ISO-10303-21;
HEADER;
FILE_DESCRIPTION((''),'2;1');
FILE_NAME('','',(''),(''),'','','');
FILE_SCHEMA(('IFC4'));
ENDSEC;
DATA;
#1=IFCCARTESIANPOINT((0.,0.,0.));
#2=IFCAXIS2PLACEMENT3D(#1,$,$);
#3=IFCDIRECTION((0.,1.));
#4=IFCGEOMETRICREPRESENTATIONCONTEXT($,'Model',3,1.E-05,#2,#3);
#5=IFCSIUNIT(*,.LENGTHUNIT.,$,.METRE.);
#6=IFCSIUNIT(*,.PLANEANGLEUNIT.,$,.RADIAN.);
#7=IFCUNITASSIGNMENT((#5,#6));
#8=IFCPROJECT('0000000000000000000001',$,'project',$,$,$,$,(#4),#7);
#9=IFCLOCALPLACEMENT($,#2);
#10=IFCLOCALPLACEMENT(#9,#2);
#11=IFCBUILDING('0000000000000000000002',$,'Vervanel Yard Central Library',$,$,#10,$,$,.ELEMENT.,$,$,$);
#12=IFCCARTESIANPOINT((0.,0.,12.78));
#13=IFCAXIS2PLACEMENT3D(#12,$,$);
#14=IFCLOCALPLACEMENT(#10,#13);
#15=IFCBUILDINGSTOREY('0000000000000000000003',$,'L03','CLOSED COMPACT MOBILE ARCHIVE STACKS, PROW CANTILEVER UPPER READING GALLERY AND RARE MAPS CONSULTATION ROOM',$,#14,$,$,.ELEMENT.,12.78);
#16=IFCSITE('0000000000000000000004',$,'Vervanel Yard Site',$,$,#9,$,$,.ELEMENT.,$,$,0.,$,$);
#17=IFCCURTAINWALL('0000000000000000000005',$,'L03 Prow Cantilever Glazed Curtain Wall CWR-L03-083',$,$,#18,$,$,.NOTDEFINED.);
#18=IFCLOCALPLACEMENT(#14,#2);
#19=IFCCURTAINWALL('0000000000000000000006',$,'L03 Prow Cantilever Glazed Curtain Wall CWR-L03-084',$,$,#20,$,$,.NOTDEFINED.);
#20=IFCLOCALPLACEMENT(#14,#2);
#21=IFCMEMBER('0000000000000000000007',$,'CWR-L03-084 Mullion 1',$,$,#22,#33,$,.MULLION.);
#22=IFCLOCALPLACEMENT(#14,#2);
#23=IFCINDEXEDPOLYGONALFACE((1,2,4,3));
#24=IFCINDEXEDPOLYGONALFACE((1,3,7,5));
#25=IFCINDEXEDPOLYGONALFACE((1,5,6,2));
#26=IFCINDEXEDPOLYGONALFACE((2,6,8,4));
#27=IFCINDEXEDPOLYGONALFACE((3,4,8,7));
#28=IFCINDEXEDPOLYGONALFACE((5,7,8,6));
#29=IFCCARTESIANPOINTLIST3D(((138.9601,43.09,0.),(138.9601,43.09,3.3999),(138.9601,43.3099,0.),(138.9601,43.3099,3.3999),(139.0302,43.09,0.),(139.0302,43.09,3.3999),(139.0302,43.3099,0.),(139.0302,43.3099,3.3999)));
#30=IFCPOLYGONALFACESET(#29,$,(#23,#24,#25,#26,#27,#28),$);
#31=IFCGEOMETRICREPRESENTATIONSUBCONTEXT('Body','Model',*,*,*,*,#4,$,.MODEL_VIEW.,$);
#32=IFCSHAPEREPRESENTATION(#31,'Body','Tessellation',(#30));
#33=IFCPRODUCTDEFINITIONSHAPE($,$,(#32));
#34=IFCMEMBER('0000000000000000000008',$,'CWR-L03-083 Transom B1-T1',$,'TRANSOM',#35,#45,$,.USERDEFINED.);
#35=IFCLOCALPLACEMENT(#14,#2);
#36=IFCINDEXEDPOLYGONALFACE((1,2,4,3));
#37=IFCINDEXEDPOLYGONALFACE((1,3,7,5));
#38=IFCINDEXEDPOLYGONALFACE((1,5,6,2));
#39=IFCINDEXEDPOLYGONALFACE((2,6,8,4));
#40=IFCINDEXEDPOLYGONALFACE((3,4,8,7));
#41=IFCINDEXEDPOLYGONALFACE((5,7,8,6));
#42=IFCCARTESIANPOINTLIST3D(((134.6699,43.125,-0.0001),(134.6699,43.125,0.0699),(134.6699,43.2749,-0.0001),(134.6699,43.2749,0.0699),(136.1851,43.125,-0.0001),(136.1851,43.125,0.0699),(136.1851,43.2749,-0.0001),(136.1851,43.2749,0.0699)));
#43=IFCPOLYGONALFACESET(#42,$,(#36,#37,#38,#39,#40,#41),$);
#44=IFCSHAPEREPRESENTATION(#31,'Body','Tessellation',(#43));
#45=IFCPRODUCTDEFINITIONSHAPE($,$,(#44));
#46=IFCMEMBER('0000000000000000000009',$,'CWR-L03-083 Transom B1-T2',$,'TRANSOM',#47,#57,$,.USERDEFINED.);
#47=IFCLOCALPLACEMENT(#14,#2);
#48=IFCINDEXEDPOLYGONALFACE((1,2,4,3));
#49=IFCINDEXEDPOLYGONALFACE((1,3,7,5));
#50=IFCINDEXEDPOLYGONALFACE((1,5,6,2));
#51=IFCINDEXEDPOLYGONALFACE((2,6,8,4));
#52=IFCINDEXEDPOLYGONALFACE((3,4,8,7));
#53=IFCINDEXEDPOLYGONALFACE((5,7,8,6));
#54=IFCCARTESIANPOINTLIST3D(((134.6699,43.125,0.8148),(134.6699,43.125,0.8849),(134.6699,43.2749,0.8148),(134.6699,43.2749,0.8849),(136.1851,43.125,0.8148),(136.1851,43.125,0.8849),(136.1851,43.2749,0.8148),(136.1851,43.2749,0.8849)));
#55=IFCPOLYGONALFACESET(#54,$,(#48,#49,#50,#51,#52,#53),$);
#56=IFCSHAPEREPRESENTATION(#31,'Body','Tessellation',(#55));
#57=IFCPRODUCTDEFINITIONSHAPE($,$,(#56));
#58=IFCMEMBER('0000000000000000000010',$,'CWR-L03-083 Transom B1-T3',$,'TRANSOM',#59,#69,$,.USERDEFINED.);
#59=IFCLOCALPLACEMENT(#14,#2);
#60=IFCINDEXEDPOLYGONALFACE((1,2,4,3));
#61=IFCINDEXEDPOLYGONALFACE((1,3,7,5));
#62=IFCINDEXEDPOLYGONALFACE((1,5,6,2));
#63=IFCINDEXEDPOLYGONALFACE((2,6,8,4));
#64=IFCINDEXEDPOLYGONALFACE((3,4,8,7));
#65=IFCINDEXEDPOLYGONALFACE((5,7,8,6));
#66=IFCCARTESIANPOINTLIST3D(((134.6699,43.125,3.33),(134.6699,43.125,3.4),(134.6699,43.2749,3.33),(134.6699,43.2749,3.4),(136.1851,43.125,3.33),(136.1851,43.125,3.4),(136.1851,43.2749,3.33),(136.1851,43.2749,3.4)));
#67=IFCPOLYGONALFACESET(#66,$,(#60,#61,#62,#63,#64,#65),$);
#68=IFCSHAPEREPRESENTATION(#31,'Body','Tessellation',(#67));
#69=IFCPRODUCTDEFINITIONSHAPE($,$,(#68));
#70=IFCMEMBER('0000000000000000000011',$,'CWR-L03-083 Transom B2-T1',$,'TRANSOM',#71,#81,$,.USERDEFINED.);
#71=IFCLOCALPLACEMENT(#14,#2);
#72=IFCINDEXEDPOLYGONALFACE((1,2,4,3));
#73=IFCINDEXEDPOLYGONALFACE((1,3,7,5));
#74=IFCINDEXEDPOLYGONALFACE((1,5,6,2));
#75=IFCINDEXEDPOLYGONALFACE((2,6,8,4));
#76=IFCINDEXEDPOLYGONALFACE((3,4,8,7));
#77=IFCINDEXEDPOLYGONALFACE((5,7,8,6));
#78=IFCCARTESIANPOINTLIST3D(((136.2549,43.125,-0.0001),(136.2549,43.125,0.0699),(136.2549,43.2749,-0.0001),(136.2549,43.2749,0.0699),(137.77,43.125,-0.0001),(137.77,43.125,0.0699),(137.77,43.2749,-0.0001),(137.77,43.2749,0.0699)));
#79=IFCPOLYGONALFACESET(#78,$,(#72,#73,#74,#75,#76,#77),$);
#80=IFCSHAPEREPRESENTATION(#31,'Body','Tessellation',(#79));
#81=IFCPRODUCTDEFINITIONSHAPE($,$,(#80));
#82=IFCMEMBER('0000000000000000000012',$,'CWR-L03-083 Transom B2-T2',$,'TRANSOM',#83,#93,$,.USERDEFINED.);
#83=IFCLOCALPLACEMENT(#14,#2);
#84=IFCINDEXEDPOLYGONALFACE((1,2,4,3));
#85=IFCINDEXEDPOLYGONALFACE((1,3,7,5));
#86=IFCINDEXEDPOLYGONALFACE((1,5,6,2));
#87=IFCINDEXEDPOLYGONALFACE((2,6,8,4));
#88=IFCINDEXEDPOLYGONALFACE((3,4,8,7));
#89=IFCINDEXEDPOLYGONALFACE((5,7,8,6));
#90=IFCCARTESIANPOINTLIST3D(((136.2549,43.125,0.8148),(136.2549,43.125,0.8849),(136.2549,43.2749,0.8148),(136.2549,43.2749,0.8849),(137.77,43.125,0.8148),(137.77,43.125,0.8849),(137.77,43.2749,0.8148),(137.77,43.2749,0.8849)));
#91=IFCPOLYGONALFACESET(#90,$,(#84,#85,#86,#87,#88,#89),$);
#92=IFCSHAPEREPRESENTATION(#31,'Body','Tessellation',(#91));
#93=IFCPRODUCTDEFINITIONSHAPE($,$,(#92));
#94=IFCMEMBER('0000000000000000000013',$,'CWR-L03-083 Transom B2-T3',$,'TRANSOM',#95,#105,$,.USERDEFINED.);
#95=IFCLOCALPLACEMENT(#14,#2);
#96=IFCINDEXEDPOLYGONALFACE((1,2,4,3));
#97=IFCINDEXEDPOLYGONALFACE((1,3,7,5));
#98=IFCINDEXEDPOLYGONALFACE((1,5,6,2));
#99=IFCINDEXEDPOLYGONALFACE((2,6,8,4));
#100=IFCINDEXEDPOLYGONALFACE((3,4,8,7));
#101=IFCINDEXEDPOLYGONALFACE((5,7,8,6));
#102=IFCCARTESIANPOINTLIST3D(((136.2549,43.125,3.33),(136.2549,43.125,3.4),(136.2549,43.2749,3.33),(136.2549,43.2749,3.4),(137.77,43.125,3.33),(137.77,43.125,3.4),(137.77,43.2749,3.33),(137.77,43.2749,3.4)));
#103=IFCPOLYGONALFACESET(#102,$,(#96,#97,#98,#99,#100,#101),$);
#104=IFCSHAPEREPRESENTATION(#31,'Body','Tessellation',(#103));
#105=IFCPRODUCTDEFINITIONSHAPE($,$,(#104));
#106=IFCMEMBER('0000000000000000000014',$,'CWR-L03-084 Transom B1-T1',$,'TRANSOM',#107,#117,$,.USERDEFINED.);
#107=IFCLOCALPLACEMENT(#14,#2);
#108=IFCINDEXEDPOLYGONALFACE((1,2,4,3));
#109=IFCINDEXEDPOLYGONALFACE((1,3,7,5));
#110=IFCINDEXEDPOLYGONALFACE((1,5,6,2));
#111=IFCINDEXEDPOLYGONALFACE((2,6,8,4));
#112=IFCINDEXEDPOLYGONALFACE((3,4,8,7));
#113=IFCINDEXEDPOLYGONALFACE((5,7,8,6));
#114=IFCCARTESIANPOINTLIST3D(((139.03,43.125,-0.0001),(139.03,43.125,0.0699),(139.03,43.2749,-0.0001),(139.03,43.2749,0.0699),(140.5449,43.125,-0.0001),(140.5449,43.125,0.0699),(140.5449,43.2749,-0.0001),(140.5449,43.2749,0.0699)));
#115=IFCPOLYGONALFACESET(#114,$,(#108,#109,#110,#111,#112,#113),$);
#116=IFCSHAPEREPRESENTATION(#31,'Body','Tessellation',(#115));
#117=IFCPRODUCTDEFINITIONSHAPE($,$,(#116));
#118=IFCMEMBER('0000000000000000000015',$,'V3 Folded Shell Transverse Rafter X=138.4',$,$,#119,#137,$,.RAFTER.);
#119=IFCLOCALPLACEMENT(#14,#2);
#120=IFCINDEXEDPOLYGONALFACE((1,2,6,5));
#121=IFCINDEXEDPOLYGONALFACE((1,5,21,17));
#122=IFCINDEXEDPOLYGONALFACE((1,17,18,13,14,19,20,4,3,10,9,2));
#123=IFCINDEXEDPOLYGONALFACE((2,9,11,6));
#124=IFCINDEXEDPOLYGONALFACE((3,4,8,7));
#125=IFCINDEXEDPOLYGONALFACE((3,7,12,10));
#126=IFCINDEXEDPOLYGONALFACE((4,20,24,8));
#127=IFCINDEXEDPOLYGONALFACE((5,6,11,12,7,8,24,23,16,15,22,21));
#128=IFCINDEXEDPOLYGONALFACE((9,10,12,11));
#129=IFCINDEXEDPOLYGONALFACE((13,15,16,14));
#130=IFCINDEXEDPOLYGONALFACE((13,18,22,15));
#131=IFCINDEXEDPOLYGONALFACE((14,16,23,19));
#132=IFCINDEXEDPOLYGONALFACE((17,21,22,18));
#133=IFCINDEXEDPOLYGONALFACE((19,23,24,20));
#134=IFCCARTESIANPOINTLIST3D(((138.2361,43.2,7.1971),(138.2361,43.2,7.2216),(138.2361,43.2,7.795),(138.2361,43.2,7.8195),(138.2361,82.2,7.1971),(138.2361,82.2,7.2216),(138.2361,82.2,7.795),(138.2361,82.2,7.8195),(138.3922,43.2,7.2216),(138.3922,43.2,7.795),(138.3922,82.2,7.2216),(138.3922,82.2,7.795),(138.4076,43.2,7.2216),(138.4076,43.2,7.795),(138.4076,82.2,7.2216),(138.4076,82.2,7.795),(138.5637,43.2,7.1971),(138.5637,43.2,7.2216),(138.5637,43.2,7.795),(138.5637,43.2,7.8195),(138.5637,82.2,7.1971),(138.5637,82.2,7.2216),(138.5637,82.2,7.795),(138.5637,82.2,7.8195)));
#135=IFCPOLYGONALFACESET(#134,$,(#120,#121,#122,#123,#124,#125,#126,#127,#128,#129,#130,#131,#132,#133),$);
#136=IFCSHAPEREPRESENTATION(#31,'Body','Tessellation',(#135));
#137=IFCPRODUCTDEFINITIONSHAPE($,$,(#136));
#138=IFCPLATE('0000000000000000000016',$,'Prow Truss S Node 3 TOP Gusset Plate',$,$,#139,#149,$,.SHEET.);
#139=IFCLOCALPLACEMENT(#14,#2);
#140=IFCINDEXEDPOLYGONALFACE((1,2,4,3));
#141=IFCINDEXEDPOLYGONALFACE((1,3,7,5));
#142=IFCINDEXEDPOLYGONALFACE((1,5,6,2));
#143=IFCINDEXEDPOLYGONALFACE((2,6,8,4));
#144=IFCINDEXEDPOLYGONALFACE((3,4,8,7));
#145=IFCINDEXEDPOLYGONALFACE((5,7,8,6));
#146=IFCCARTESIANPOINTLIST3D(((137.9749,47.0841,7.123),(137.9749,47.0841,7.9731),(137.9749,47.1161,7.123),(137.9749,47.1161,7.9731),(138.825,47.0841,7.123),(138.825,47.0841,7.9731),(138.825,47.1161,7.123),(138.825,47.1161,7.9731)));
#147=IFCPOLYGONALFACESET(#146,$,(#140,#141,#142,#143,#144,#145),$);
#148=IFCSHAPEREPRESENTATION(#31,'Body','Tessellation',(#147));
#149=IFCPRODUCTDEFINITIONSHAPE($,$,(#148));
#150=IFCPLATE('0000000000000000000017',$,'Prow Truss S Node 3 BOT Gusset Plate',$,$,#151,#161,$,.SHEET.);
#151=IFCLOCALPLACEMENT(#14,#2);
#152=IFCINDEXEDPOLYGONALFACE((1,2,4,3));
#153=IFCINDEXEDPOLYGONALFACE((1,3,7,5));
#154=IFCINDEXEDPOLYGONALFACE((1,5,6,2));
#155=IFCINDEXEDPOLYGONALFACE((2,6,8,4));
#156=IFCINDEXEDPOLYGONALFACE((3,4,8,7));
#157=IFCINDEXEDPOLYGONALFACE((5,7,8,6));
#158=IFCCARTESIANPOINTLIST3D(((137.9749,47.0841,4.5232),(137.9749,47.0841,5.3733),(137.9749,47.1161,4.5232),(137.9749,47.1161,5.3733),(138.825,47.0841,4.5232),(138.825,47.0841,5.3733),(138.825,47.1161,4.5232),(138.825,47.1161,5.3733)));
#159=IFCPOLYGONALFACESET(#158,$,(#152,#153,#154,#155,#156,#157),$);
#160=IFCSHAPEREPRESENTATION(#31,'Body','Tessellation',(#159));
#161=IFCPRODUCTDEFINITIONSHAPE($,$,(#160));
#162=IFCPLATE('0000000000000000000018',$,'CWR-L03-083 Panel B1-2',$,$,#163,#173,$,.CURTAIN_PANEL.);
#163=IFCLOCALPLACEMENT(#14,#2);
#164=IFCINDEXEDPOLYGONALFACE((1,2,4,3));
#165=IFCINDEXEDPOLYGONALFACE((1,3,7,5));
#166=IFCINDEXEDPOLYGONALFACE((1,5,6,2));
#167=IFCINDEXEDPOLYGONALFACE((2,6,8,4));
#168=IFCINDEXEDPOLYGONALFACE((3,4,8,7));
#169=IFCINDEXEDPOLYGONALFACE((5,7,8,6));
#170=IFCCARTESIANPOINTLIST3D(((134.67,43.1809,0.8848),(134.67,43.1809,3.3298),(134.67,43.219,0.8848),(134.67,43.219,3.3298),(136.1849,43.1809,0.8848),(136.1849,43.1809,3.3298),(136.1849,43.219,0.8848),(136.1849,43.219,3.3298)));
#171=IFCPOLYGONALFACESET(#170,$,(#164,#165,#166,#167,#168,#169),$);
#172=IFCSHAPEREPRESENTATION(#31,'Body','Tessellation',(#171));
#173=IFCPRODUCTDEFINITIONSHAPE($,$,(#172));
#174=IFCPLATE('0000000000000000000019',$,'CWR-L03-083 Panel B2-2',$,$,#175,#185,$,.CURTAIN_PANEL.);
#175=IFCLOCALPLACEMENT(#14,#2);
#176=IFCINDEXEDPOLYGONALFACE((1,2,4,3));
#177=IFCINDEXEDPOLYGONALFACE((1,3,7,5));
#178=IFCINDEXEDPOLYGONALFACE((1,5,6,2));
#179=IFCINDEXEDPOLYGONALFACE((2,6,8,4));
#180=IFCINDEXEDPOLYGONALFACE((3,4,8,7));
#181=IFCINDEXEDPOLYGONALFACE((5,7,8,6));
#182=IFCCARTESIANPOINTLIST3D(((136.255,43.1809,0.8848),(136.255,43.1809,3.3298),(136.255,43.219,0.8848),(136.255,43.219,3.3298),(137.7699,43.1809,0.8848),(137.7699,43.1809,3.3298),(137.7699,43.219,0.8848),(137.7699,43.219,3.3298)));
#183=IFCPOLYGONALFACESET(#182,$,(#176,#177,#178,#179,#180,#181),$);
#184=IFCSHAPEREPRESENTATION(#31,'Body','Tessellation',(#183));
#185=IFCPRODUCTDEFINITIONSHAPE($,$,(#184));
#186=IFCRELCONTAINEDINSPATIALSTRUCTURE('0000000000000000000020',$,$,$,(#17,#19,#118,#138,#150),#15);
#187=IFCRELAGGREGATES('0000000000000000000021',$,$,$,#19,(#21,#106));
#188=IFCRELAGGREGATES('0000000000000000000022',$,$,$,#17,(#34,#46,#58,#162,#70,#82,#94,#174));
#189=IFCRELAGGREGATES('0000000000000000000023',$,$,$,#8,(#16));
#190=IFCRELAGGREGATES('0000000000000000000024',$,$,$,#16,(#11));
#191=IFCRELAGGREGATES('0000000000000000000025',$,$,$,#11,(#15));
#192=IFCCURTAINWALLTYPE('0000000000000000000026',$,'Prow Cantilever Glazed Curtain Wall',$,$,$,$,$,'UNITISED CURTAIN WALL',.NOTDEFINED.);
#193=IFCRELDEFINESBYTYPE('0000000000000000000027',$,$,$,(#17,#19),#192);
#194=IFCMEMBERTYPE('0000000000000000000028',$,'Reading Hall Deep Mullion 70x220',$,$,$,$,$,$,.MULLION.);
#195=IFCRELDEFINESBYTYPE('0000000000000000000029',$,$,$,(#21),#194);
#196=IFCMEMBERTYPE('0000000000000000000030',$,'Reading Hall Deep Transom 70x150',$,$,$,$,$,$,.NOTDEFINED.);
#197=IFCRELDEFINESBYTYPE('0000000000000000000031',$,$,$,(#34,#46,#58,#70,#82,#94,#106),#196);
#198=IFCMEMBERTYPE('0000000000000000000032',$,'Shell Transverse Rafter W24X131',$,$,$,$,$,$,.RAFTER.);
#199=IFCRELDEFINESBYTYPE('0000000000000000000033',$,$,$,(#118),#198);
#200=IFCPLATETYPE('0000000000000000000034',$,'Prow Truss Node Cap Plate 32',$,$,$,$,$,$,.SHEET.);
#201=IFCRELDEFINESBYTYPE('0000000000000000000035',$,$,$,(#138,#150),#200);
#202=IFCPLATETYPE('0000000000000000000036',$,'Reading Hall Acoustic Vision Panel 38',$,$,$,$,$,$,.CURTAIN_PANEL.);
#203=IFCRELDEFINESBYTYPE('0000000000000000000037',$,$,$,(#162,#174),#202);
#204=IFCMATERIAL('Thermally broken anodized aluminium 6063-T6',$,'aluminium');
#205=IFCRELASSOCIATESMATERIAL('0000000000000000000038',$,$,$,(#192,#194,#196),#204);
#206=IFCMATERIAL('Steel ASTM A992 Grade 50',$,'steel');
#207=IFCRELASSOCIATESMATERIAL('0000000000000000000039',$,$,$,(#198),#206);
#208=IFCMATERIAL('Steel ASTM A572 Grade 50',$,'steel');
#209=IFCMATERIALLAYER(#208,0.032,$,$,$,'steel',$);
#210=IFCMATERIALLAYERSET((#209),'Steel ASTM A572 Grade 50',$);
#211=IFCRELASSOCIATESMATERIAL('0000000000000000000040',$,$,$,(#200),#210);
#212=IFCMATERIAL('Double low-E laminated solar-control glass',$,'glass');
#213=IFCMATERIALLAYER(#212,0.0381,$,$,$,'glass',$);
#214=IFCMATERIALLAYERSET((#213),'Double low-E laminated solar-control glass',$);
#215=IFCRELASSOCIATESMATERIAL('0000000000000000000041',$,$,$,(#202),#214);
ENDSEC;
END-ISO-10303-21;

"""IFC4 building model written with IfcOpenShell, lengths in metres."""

from ifc_helpers import new_model, si_unit, direction, frame, origin, origin_2d, place, context, subcontext, project, spatial, rectangle, i_section, extrude, material, layer, layer_set, material_profile, profile_set, type_object, element, aggregate, save


model = new_model("IFC4")

# Units and contexts
model_context = context("Model", 3, precision=1e-05, world=origin(), true_north=direction((0.0, 1.0)))
body_context = subcontext(model_context, "Body", "Model", "MODEL_VIEW")
ifc_project = project(units=[si_unit("LENGTHUNIT", "METRE"), si_unit("PLANEANGLEUNIT", "RADIAN")], contexts=[model_context])

# Site, building, storey
site_placement = place(None, origin())
site = spatial("IfcSite", under=ifc_project, at=site_placement, Name="Vervanel Yard Site", CompositionType="ELEMENT", RefElevation=0.0)
building_placement = place(site_placement, origin())
building = spatial("IfcBuilding", under=site, at=building_placement, Name="Vervanel Yard Central Library", CompositionType="ELEMENT")
storey_placement = place(building_placement, frame((0.0, 0.0, 12.78)))
storey = spatial("IfcBuildingStorey", under=building, at=storey_placement, Name="L03", Description="CLOSED COMPACT MOBILE ARCHIVE STACKS, PROW CANTILEVER UPPER READING GALLERY AND RARE MAPS CONSULTATION ROOM", CompositionType="ELEMENT", Elevation=12.78)

# Shared definitions
ifc_material_1 = material(Name="Steel ASTM A992 Grade 50", Category="steel")

# Curtain wall
ifc_material_2 = material(Name="Thermally broken anodized aluminium 6063-T6", Category="aluminium")
curtain_wall_type = type_object("IfcCurtainWallType", Name="Prow Cantilever Glazed Curtain Wall", ElementType="UNITISED CURTAIN WALL", PredefinedType="NOTDEFINED", material=ifc_material_2)
curtain_wall_1_placement = place(storey_placement, origin())
curtain_wall_1 = element("IfcCurtainWall", 1, at=curtain_wall_1_placement, inside=storey, type_object=curtain_wall_type, Name="L03 Prow Cantilever Glazed Curtain Wall CWR-L03-083", PredefinedType="NOTDEFINED")
ifc_material_profile_1 = material_profile(ifc_material_2, rectangle(XDim=0.0701, YDim=0.22, at=origin_2d()), Name="ALU 70x220", Category="aluminium")
ifc_profile_set_1 = profile_set([ifc_material_profile_1], Name="Thermally broken anodized aluminium 6063-T6")
member_type_1 = type_object("IfcMemberType", Name="Reading Hall Deep Mullion 70x220", PredefinedType="MULLION", material=ifc_profile_set_1)

# Curtain wall, member
curtain_wall_2_placement = place(storey_placement, origin())
curtain_wall_2 = element("IfcCurtainWall", 2, at=curtain_wall_2_placement, inside=storey, type_object=curtain_wall_type, Name="L03 Prow Cantilever Glazed Curtain Wall CWR-L03-084", PredefinedType="NOTDEFINED")
member_1_placement = place(storey_placement, frame((138.9951, 43.2, 0.0), z_axis=(0.0, 0.0, 1.0), x_axis=(1.0, 0.0, 0.0)))
member_1 = element("IfcMember", 3, at=member_1_placement, type_object=member_type_1, Name="CWR-L03-084 Mullion 1", PredefinedType="MULLION", context=body_context, shape_type="SweptSolid", body=[
    extrude(rectangle(XDim=0.0701, YDim=0.22, at=origin_2d()), origin(), (0.0, 0.0, 1.0), 3.3999),
])

# Members
ifc_material_profile_2 = material_profile(ifc_material_2, rectangle(XDim=0.0701, YDim=0.1499, at=origin_2d()), Name="ALU 70x150", Category="aluminium")
ifc_profile_set_2 = profile_set([ifc_material_profile_2], Name="Thermally broken anodized aluminium 6063-T6")
member_type_2 = type_object("IfcMemberType", Name="Reading Hall Deep Transom 70x150", PredefinedType="NOTDEFINED", material=ifc_profile_set_2)
member_2_placement = place(storey_placement, frame((134.6699, 43.2, 0.0349), z_axis=(1.0, 0.0, 0.0), x_axis=(0.0, 0.0, 1.0)))
member_2 = element("IfcMember", 4, at=member_2_placement, type_object=member_type_2, Name="CWR-L03-083 Transom B1-T1", ObjectType="TRANSOM", PredefinedType="USERDEFINED", context=body_context, shape_type="SweptSolid", body=[
    extrude(rectangle(XDim=0.0701, YDim=0.1499, at=origin_2d()), origin(), (0.0, 0.0, 1.0), 1.5151),
])
member_3_placement = place(storey_placement, frame((134.6699, 43.2, 0.8499), z_axis=(1.0, 0.0, 0.0), x_axis=(0.0, 0.0, 1.0)))
member_3 = element("IfcMember", 5, at=member_3_placement, type_object=member_type_2, Name="CWR-L03-083 Transom B1-T2", ObjectType="TRANSOM", PredefinedType="USERDEFINED", context=body_context, shape_type="SweptSolid", body=[
    extrude(rectangle(XDim=0.0701, YDim=0.1499, at=origin_2d()), origin(), (0.0, 0.0, 1.0), 1.5151),
])
member_4_placement = place(storey_placement, frame((134.6699, 43.2, 3.365), z_axis=(1.0, 0.0, 0.0), x_axis=(0.0, 0.0, 1.0)))
member_4 = element("IfcMember", 6, at=member_4_placement, type_object=member_type_2, Name="CWR-L03-083 Transom B1-T3", ObjectType="TRANSOM", PredefinedType="USERDEFINED", context=body_context, shape_type="SweptSolid", body=[
    extrude(rectangle(XDim=0.0701, YDim=0.1499, at=origin_2d()), origin(), (0.0, 0.0, 1.0), 1.5151),
])
member_5_placement = place(storey_placement, frame((136.2549, 43.2, 0.0349), z_axis=(1.0, 0.0, 0.0), x_axis=(0.0, 0.0, 1.0)))
member_5 = element("IfcMember", 7, at=member_5_placement, type_object=member_type_2, Name="CWR-L03-083 Transom B2-T1", ObjectType="TRANSOM", PredefinedType="USERDEFINED", context=body_context, shape_type="SweptSolid", body=[
    extrude(rectangle(XDim=0.0701, YDim=0.1499, at=origin_2d()), origin(), (0.0, 0.0, 1.0), 1.5151),
])
member_6_placement = place(storey_placement, frame((136.2549, 43.2, 0.8499), z_axis=(1.0, 0.0, 0.0), x_axis=(0.0, 0.0, 1.0)))
member_6 = element("IfcMember", 8, at=member_6_placement, type_object=member_type_2, Name="CWR-L03-083 Transom B2-T2", ObjectType="TRANSOM", PredefinedType="USERDEFINED", context=body_context, shape_type="SweptSolid", body=[
    extrude(rectangle(XDim=0.0701, YDim=0.1499, at=origin_2d()), origin(), (0.0, 0.0, 1.0), 1.5151),
])
member_7_placement = place(storey_placement, frame((136.2549, 43.2, 3.365), z_axis=(1.0, 0.0, 0.0), x_axis=(0.0, 0.0, 1.0)))
member_7 = element("IfcMember", 9, at=member_7_placement, type_object=member_type_2, Name="CWR-L03-083 Transom B2-T3", ObjectType="TRANSOM", PredefinedType="USERDEFINED", context=body_context, shape_type="SweptSolid", body=[
    extrude(rectangle(XDim=0.0701, YDim=0.1499, at=origin_2d()), origin(), (0.0, 0.0, 1.0), 1.5151),
])
member_8_placement = place(storey_placement, frame((139.03, 43.2, 0.0349), z_axis=(1.0, 0.0, 0.0), x_axis=(0.0, 0.0, 1.0)))
member_8 = element("IfcMember", 10, at=member_8_placement, type_object=member_type_2, Name="CWR-L03-084 Transom B1-T1", ObjectType="TRANSOM", PredefinedType="USERDEFINED", context=body_context, shape_type="SweptSolid", body=[
    extrude(rectangle(XDim=0.0701, YDim=0.1499, at=origin_2d()), origin(), (0.0, 0.0, 1.0), 1.5149),
])
aggregate(curtain_wall_2, [member_1, member_8])
ifc_material_profile_3 = material_profile(ifc_material_1, i_section(OverallWidth=0.3276, OverallDepth=0.6223, WebThickness=0.0154, FlangeThickness=0.0244, at=origin_2d()), Name="W24X131", Category="steel")
ifc_profile_set_3 = profile_set([ifc_material_profile_3], Name="Steel ASTM A992 Grade 50")
member_type_3 = type_object("IfcMemberType", Name="Shell Transverse Rafter W24X131", PredefinedType="RAFTER", material=ifc_profile_set_3)
member_9_placement = place(storey_placement, frame((138.3999, 43.2, 7.5083), z_axis=(0.0, 1.0, 0.0), x_axis=(-1.0, 0.0, 0.0)))
element("IfcMember", 11, at=member_9_placement, inside=storey, type_object=member_type_3, Name="V3 Folded Shell Transverse Rafter X=138.4", PredefinedType="RAFTER", context=body_context, shape_type="SweptSolid", body=[
    extrude(i_section(OverallWidth=0.3276, OverallDepth=0.6223, WebThickness=0.0154, FlangeThickness=0.0244, at=origin_2d()), origin(), (0.0, 0.0, 1.0), 39.0),
])

# Plates
ifc_material_3 = material(Name="Steel ASTM A572 Grade 50", Category="steel")
ifc_layer_1 = layer(ifc_material_3, 0.032, Category="steel")
ifc_layer_set_1 = layer_set([ifc_layer_1], Name="Steel ASTM A572 Grade 50")
plate_type_1 = type_object("IfcPlateType", Name="Prow Truss Node Cap Plate 32", PredefinedType="SHEET", material=ifc_layer_set_1)
for number, where, z_axis, x_axis, name in (
    (12, (138.3999, 47.1001, 7.123), (0.0, 0.0, 1.0), (1.0, 0.0, 0.0), "Prow Truss S Node 3 TOP Gusset Plate"),
    (13, (138.3999, 47.1001, 4.5232), (0.0, 0.0, 1.0), (1.0, 0.0, 0.0), "Prow Truss S Node 3 BOT Gusset Plate"),
):
    element("IfcPlate", number, at=place(storey_placement, frame(where, z_axis=z_axis, x_axis=x_axis)), inside=storey, type_object=plate_type_1, Name=name, PredefinedType="SHEET", context=body_context, shape_type="SweptSolid", body=[
        extrude(rectangle(XDim=0.8501, YDim=0.032, at=origin_2d()), origin(), (0.0, 0.0, 1.0), 0.8501),
    ])

# Plates
ifc_material_4 = material(Name="Double low-E laminated solar-control glass", Category="glass")
ifc_layer_2 = layer(ifc_material_4, 0.0381, Category="glass")
ifc_layer_set_2 = layer_set([ifc_layer_2], Name="Double low-E laminated solar-control glass")
plate_type_2 = type_object("IfcPlateType", Name="Reading Hall Acoustic Vision Panel 38", PredefinedType="CURTAIN_PANEL", material=ifc_layer_set_2)
plate_1_placement = place(storey_placement, frame((135.4275, 43.2, 0.8848), z_axis=(0.0, 0.0, 1.0), x_axis=(1.0, 0.0, 0.0)))
plate_1 = element("IfcPlate", 14, at=plate_1_placement, type_object=plate_type_2, Name="CWR-L03-083 Panel B1-2", PredefinedType="CURTAIN_PANEL", context=body_context, shape_type="SweptSolid", body=[
    extrude(rectangle(XDim=1.5149, YDim=0.0381, at=origin_2d()), origin(), (0.0, 0.0, 1.0), 2.4451),
])
plate_2_placement = place(storey_placement, frame((137.0125, 43.2, 0.8848), z_axis=(0.0, 0.0, 1.0), x_axis=(1.0, 0.0, 0.0)))
plate_2 = element("IfcPlate", 15, at=plate_2_placement, type_object=plate_type_2, Name="CWR-L03-083 Panel B2-2", PredefinedType="CURTAIN_PANEL", context=body_context, shape_type="SweptSolid", body=[
    extrude(rectangle(XDim=1.5149, YDim=0.0381, at=origin_2d()), origin(), (0.0, 0.0, 1.0), 2.4451),
])
aggregate(curtain_wall_1, [member_2, member_3, member_4, plate_1, member_5, member_6, member_7, plate_2])

save(model, "model.ifc")
